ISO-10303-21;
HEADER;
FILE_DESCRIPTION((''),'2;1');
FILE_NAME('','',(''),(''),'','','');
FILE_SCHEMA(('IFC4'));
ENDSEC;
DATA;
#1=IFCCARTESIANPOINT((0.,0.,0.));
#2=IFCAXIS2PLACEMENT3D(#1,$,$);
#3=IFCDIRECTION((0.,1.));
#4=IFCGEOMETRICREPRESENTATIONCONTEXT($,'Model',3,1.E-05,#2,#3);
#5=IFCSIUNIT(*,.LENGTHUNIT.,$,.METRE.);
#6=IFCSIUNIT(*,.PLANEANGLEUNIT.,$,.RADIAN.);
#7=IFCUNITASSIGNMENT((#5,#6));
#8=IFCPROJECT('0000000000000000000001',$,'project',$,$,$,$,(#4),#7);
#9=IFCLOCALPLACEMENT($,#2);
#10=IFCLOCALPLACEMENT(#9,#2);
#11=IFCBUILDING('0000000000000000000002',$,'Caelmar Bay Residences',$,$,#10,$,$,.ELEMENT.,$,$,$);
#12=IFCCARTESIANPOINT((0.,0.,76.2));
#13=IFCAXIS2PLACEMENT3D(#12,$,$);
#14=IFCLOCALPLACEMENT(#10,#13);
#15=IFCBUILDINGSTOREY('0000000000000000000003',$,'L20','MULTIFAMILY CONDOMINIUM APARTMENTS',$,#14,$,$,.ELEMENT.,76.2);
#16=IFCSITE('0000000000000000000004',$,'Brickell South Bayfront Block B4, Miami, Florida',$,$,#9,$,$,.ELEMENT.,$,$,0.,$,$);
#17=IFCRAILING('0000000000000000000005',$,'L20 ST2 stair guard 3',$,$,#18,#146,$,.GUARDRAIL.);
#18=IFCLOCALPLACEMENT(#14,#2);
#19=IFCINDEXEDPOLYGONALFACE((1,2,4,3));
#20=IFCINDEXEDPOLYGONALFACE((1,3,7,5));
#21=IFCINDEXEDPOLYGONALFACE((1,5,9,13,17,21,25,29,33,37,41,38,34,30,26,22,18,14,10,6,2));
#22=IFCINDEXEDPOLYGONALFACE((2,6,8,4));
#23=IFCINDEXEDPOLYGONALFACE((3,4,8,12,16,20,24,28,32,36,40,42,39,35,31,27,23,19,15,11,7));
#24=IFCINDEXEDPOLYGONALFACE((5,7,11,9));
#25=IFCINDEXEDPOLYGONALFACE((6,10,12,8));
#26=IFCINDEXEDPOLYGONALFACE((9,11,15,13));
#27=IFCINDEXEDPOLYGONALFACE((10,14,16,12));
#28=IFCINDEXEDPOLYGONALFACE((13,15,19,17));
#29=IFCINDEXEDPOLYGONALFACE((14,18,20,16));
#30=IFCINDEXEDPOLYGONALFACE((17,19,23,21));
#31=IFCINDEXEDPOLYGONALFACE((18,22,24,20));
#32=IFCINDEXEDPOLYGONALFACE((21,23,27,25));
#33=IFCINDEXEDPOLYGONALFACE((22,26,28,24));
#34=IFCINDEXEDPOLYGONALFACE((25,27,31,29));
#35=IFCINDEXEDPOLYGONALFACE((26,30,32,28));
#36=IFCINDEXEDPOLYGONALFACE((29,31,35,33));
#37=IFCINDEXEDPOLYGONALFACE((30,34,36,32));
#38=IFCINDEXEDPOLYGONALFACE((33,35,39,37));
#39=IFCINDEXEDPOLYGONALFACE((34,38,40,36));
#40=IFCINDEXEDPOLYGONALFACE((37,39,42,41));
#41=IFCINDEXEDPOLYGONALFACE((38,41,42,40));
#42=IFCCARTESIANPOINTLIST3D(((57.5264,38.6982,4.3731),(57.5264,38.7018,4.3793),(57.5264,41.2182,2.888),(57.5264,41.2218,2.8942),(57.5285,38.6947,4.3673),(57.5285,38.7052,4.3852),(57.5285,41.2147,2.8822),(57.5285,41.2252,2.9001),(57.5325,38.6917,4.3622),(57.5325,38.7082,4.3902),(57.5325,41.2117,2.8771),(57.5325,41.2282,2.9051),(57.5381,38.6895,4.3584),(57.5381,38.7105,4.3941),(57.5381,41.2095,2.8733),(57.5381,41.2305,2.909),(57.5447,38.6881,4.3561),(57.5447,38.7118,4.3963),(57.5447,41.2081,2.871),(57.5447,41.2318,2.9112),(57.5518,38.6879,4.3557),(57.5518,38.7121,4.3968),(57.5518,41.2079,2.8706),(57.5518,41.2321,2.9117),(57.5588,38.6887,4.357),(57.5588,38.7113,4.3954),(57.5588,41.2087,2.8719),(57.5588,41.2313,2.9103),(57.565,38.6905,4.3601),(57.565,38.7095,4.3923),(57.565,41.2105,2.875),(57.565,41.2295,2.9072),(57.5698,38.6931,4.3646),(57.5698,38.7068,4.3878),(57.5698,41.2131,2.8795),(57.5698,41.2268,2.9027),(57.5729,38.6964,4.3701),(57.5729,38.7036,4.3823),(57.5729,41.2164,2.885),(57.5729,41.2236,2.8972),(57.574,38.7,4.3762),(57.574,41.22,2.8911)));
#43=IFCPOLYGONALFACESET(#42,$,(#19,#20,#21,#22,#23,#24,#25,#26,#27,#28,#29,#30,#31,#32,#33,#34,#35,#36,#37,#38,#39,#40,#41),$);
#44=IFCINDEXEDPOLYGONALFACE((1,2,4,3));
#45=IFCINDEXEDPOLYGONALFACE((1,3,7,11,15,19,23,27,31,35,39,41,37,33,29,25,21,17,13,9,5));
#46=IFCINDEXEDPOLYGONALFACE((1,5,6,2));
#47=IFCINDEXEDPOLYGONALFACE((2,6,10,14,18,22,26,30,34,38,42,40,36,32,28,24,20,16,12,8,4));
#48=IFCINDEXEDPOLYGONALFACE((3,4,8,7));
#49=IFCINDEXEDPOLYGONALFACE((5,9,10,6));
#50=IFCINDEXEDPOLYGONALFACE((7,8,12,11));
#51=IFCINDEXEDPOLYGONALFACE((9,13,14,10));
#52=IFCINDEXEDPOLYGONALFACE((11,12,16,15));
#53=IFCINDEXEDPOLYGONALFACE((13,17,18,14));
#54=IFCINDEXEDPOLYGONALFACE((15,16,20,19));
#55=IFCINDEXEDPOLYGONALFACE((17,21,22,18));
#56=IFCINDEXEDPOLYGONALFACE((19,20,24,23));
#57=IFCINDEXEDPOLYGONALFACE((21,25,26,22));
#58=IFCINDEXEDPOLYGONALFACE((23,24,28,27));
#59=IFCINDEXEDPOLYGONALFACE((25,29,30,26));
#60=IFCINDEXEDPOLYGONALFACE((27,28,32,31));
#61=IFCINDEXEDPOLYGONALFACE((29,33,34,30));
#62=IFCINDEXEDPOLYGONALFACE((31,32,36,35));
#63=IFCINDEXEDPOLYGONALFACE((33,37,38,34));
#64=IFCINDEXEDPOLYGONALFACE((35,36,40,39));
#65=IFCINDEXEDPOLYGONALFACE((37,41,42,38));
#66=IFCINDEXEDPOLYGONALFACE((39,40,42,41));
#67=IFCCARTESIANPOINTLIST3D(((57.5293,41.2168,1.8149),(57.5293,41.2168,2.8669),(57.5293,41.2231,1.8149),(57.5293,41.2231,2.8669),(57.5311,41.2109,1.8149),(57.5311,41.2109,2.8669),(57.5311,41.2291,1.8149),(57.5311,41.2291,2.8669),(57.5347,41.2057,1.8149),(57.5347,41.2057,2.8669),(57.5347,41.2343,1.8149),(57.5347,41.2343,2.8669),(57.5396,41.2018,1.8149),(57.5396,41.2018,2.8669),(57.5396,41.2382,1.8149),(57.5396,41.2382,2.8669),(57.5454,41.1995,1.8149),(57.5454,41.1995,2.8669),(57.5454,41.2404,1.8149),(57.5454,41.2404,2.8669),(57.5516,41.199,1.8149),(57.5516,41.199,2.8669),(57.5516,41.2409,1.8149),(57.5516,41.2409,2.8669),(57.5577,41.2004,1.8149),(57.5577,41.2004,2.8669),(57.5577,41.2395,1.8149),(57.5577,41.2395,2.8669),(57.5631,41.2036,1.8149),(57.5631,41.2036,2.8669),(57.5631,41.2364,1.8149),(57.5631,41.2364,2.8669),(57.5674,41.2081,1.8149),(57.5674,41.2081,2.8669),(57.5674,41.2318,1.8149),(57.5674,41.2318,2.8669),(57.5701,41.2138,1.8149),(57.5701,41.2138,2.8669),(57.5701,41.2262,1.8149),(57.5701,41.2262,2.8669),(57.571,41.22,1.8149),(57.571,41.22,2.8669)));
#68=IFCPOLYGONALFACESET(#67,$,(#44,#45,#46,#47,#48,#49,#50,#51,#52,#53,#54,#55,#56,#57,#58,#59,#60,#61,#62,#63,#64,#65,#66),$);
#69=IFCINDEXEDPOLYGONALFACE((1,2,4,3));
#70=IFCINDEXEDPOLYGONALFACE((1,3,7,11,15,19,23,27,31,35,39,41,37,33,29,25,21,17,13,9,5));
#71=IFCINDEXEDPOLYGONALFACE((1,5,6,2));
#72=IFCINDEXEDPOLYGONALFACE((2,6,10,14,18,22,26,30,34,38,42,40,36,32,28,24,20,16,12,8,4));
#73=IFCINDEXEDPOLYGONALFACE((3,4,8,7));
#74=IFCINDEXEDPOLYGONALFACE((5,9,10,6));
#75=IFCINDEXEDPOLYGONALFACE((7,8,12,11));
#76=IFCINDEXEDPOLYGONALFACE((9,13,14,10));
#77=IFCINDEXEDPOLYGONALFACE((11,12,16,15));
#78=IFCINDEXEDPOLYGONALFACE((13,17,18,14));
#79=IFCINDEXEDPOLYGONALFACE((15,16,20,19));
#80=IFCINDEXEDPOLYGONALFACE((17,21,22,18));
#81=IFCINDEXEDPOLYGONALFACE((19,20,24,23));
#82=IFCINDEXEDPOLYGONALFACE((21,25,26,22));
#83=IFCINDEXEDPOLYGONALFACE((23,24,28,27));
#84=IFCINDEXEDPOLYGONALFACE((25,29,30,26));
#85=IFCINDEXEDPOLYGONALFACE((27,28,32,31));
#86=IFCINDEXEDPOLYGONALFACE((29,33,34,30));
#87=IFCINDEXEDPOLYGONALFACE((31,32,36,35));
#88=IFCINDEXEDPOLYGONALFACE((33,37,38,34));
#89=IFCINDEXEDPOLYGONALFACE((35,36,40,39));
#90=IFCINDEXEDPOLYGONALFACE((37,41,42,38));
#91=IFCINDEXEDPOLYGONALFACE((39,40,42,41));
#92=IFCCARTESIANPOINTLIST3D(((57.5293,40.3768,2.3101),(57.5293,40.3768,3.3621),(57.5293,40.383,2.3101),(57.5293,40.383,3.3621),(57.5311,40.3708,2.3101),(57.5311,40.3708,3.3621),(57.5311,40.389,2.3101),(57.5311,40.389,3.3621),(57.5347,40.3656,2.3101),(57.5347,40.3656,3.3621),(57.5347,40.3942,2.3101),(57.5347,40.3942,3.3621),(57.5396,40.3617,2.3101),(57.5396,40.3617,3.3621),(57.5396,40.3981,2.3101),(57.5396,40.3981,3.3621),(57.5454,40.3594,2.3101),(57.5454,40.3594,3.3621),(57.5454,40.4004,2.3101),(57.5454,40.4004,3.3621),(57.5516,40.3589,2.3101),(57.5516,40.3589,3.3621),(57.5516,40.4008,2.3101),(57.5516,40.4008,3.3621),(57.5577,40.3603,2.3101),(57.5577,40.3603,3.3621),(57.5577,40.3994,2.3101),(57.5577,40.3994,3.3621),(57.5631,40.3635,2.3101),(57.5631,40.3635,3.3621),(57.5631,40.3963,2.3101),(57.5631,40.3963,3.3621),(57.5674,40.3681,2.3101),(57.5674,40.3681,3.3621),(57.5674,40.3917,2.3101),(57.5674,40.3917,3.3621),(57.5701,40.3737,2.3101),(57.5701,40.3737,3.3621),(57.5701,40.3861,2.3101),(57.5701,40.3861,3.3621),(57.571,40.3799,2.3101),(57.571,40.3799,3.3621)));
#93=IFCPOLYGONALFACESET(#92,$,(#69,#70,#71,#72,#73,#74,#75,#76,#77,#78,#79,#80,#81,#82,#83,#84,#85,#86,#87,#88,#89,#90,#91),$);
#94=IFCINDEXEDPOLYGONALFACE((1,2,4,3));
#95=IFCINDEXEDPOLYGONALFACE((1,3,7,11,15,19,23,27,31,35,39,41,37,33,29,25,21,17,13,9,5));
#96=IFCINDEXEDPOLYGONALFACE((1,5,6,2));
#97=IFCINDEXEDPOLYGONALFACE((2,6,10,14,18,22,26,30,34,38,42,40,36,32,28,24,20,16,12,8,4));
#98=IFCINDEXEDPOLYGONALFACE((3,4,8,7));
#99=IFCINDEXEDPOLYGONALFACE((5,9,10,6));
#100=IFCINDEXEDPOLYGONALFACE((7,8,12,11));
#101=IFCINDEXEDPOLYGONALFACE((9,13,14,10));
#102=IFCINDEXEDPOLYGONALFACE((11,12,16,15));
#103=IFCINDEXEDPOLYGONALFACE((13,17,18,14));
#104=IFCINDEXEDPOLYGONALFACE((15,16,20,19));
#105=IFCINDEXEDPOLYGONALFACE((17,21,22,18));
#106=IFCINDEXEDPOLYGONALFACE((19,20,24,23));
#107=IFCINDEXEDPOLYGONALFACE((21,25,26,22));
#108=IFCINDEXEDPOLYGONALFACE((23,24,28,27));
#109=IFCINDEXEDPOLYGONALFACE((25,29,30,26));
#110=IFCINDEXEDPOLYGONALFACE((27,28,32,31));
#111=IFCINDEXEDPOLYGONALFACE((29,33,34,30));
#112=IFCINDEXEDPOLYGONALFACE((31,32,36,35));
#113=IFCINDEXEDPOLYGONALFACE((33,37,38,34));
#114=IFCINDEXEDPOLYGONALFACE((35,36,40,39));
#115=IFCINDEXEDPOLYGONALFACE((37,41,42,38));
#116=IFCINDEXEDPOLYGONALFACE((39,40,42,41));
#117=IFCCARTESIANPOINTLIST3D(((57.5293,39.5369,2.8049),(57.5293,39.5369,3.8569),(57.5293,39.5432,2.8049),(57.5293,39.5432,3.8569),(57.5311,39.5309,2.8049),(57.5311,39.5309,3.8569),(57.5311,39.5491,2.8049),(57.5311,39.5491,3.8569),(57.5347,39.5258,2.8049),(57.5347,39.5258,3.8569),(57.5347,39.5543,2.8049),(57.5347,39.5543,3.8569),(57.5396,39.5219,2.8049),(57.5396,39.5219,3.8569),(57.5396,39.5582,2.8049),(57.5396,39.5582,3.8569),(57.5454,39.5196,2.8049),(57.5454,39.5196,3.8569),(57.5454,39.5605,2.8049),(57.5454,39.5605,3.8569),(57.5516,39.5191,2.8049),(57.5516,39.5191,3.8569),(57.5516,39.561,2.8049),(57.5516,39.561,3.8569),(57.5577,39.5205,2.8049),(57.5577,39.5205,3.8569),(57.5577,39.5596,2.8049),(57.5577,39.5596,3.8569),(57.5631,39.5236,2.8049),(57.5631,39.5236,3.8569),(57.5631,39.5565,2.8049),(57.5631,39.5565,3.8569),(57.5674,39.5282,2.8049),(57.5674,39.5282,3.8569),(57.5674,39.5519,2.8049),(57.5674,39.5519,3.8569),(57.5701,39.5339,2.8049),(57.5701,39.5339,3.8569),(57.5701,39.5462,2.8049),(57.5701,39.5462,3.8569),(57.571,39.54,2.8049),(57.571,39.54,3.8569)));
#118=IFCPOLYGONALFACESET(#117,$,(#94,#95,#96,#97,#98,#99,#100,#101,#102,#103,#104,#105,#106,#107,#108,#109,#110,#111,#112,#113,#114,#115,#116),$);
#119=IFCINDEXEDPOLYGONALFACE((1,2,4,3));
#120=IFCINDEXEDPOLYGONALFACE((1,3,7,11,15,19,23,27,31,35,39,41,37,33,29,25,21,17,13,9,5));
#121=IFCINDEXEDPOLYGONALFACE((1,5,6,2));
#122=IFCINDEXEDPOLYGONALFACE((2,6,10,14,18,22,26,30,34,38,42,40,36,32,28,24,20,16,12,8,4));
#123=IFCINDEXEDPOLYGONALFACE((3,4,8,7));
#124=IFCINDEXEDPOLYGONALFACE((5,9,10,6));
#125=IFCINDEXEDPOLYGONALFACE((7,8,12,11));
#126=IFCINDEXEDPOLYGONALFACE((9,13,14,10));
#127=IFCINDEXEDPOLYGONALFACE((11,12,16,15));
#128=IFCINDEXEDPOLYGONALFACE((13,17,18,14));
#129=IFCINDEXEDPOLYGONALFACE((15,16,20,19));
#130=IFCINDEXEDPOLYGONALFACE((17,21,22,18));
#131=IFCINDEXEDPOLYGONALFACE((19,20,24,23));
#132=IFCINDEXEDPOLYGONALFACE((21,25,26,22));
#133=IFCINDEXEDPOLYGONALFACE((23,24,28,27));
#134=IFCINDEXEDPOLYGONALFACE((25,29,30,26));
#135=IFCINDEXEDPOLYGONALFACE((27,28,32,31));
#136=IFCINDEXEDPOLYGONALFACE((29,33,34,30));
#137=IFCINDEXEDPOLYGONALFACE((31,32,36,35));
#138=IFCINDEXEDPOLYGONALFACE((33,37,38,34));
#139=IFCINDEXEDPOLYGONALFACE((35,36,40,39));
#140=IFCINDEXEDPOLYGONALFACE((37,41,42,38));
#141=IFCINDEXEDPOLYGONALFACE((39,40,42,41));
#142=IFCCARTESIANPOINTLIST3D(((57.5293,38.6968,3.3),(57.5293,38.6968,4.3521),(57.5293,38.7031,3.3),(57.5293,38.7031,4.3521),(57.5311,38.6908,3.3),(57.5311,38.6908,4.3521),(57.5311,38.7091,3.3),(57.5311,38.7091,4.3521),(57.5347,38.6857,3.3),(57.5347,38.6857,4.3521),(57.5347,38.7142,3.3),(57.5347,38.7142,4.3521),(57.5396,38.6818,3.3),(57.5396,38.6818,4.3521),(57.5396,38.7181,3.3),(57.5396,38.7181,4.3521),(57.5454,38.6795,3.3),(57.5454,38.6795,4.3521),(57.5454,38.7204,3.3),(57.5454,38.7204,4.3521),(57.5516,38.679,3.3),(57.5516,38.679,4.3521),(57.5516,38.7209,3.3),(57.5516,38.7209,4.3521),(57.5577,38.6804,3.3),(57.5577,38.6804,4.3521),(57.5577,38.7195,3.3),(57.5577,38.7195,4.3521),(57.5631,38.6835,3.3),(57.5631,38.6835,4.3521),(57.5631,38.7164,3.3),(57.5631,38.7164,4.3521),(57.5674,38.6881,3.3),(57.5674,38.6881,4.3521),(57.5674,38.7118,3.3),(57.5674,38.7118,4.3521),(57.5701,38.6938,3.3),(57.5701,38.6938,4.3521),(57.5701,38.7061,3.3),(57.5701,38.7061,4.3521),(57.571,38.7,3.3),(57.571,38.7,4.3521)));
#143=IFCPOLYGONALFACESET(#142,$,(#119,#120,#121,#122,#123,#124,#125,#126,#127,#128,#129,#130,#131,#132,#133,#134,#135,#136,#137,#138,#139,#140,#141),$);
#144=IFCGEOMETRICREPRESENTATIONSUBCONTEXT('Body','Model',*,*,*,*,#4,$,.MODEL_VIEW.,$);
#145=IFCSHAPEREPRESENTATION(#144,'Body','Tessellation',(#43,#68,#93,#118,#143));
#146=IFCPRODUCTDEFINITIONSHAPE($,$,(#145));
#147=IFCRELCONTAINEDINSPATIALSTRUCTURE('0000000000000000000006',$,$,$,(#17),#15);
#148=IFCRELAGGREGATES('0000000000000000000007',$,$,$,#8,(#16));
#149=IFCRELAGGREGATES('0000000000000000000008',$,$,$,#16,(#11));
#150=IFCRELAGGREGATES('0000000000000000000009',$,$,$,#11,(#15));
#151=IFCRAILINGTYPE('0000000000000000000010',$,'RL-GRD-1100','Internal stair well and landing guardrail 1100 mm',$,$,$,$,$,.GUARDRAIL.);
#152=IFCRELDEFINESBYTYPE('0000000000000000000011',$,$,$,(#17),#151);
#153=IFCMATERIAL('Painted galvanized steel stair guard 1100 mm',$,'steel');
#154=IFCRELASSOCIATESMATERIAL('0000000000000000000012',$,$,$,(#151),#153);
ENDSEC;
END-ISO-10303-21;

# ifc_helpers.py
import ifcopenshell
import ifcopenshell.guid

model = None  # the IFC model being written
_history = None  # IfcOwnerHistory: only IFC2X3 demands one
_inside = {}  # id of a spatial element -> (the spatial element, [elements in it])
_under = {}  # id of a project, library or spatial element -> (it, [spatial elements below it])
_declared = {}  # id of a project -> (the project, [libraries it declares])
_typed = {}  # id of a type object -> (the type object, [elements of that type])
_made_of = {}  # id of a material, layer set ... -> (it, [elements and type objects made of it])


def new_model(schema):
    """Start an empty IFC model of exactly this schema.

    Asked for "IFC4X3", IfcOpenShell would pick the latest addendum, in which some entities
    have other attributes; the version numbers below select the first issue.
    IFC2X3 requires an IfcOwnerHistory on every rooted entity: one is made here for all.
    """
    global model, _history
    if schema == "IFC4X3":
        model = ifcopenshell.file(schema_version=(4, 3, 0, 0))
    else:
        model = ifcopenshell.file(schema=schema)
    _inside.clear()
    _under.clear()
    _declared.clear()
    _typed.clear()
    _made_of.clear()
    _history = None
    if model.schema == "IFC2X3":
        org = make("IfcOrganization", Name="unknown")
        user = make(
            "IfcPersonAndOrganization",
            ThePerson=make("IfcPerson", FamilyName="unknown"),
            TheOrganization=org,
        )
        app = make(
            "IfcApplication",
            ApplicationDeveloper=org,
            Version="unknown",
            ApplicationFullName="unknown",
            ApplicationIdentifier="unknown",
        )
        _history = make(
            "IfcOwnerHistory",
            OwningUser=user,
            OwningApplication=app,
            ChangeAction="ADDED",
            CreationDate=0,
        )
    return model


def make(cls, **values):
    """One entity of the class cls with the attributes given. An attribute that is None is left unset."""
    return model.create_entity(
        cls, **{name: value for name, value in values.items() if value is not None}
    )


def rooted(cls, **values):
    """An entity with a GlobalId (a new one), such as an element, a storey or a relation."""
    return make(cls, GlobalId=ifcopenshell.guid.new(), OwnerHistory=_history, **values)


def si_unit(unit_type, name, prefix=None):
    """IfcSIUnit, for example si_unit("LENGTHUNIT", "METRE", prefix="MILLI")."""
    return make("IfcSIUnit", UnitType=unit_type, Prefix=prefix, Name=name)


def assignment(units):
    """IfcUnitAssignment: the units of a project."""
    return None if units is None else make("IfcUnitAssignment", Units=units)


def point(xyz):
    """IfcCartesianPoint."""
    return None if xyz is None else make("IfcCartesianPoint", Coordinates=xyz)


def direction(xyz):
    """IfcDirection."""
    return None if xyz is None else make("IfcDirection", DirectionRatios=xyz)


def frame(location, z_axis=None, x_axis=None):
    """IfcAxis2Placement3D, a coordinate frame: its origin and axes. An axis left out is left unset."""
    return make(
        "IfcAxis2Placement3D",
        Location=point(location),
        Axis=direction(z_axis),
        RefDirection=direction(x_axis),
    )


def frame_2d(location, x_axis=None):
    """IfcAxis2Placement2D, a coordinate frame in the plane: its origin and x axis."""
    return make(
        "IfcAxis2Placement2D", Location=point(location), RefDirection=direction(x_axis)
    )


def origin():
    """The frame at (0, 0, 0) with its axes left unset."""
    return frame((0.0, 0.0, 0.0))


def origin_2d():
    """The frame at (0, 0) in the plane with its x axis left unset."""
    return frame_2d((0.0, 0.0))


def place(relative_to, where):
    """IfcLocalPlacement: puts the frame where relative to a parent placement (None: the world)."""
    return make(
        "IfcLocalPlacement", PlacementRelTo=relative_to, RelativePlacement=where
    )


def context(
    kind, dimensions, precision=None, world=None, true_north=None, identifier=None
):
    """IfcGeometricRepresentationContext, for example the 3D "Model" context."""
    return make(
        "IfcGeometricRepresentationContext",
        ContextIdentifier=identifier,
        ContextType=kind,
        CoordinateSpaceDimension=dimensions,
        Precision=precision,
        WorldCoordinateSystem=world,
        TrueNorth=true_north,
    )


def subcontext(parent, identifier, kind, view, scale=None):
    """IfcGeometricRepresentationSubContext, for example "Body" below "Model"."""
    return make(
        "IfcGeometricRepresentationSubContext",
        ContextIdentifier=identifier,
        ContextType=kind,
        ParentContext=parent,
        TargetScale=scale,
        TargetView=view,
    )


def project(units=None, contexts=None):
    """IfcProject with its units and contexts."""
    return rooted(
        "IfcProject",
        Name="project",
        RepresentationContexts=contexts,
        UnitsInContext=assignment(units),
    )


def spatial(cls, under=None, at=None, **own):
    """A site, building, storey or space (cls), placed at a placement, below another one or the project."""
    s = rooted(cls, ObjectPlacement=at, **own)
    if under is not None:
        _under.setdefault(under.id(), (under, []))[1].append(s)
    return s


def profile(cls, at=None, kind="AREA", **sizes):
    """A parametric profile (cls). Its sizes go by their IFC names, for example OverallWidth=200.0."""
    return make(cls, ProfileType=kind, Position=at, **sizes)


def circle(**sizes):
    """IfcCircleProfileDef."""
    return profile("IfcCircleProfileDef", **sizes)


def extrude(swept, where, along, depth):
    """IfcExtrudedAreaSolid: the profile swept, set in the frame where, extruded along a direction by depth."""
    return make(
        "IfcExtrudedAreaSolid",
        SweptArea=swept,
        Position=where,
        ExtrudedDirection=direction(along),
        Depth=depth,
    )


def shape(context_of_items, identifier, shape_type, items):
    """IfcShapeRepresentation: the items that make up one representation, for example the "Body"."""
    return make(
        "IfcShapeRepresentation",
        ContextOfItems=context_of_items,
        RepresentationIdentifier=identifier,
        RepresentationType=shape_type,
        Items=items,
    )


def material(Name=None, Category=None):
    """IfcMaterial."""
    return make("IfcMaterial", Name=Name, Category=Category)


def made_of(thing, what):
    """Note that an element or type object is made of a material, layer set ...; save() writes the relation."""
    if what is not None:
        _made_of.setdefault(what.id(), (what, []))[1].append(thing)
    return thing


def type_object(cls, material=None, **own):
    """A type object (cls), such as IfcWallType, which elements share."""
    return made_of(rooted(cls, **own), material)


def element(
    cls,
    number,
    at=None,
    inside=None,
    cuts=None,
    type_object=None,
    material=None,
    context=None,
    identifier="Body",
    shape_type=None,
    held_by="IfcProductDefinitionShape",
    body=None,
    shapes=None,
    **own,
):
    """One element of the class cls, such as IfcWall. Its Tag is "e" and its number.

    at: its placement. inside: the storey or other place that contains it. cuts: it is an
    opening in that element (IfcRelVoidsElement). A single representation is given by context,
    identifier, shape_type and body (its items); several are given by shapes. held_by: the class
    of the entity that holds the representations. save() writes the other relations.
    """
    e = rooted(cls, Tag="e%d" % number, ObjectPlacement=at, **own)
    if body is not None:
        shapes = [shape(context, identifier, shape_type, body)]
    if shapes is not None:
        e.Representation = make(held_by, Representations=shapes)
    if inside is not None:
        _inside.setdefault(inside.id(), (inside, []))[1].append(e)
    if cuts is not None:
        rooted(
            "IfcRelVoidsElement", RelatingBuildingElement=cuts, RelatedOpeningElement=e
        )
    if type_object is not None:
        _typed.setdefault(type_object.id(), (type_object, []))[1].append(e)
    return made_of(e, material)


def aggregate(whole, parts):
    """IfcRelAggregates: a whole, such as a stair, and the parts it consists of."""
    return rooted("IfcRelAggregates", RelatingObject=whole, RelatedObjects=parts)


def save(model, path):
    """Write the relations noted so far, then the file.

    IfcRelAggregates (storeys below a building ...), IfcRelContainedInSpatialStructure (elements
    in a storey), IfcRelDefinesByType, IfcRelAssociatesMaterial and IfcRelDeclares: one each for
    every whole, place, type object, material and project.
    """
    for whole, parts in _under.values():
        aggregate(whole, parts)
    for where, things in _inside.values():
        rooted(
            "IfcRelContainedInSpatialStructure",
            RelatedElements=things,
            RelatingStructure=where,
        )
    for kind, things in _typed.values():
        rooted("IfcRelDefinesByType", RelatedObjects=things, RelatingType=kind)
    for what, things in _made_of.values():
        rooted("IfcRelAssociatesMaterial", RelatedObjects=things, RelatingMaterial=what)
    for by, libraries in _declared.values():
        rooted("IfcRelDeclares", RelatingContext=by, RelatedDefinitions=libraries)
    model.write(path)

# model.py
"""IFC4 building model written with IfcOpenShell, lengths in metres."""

from ifc_helpers import new_model, si_unit, direction, frame, origin, origin_2d, place, context, subcontext, project, spatial, circle, extrude, material, type_object, element, save


model = new_model("IFC4")

# Units and contexts
model_context = context("Model", 3, precision=1e-05, world=origin(), true_north=direction((0.0, 1.0)))
body_context = subcontext(model_context, "Body", "Model", "MODEL_VIEW")
ifc_project = project(units=[si_unit("LENGTHUNIT", "METRE"), si_unit("PLANEANGLEUNIT", "RADIAN")], contexts=[model_context])

# Site, building, storey
site_placement = place(None, origin())
site = spatial("IfcSite", under=ifc_project, at=site_placement, Name="Brickell South Bayfront Block B4, Miami, Florida", CompositionType="ELEMENT", RefElevation=0.0)
building_placement = place(site_placement, origin())
building = spatial("IfcBuilding", under=site, at=building_placement, Name="Caelmar Bay Residences", CompositionType="ELEMENT")
storey_placement = place(building_placement, frame((0.0, 0.0, 76.2)))
storey = spatial("IfcBuildingStorey", under=building, at=storey_placement, Name="L20", Description="MULTIFAMILY CONDOMINIUM APARTMENTS", CompositionType="ELEMENT", Elevation=76.2)

# Railing
ifc_material_1 = material(Name="Painted galvanized steel stair guard 1100 mm", Category="steel")
railing_type_1 = type_object("IfcRailingType", Name="RL-GRD-1100", Description="Internal stair well and landing guardrail 1100 mm", PredefinedType="GUARDRAIL", material=ifc_material_1)
railing_1_placement = place(storey_placement, frame((57.55, 41.22, 1.8149)))
element("IfcRailing", 1, at=railing_1_placement, inside=storey, type_object=railing_type_1, Name="L20 ST2 stair guard 3", PredefinedType="GUARDRAIL", context=body_context, shape_type="SweptSolid", body=[
    extrude(circle(Radius=0.0239, at=origin_2d()), frame((0.0, 0.0, 1.0762), z_axis=(0.0, -0.861524, 0.507717), x_axis=(1.0, 0.0, 0.0)), (0.0, 0.0, 1.0), 2.925),
    extrude(circle(Radius=0.021, at=origin_2d()), origin(), (0.0, 0.0, 1.0), 1.052),
    extrude(circle(Radius=0.021, at=origin_2d()), frame((0.0, -0.8401, 0.4951)), (0.0, 0.0, 1.0), 1.052),
    extrude(circle(Radius=0.021, at=origin_2d()), frame((0.0, -1.6799, 0.99)), (0.0, 0.0, 1.0), 1.052),
    extrude(circle(Radius=0.021, at=origin_2d()), frame((0.0, -2.52, 1.4851)), (0.0, 0.0, 1.0), 1.052),
])

save(model, "model.ifc")
